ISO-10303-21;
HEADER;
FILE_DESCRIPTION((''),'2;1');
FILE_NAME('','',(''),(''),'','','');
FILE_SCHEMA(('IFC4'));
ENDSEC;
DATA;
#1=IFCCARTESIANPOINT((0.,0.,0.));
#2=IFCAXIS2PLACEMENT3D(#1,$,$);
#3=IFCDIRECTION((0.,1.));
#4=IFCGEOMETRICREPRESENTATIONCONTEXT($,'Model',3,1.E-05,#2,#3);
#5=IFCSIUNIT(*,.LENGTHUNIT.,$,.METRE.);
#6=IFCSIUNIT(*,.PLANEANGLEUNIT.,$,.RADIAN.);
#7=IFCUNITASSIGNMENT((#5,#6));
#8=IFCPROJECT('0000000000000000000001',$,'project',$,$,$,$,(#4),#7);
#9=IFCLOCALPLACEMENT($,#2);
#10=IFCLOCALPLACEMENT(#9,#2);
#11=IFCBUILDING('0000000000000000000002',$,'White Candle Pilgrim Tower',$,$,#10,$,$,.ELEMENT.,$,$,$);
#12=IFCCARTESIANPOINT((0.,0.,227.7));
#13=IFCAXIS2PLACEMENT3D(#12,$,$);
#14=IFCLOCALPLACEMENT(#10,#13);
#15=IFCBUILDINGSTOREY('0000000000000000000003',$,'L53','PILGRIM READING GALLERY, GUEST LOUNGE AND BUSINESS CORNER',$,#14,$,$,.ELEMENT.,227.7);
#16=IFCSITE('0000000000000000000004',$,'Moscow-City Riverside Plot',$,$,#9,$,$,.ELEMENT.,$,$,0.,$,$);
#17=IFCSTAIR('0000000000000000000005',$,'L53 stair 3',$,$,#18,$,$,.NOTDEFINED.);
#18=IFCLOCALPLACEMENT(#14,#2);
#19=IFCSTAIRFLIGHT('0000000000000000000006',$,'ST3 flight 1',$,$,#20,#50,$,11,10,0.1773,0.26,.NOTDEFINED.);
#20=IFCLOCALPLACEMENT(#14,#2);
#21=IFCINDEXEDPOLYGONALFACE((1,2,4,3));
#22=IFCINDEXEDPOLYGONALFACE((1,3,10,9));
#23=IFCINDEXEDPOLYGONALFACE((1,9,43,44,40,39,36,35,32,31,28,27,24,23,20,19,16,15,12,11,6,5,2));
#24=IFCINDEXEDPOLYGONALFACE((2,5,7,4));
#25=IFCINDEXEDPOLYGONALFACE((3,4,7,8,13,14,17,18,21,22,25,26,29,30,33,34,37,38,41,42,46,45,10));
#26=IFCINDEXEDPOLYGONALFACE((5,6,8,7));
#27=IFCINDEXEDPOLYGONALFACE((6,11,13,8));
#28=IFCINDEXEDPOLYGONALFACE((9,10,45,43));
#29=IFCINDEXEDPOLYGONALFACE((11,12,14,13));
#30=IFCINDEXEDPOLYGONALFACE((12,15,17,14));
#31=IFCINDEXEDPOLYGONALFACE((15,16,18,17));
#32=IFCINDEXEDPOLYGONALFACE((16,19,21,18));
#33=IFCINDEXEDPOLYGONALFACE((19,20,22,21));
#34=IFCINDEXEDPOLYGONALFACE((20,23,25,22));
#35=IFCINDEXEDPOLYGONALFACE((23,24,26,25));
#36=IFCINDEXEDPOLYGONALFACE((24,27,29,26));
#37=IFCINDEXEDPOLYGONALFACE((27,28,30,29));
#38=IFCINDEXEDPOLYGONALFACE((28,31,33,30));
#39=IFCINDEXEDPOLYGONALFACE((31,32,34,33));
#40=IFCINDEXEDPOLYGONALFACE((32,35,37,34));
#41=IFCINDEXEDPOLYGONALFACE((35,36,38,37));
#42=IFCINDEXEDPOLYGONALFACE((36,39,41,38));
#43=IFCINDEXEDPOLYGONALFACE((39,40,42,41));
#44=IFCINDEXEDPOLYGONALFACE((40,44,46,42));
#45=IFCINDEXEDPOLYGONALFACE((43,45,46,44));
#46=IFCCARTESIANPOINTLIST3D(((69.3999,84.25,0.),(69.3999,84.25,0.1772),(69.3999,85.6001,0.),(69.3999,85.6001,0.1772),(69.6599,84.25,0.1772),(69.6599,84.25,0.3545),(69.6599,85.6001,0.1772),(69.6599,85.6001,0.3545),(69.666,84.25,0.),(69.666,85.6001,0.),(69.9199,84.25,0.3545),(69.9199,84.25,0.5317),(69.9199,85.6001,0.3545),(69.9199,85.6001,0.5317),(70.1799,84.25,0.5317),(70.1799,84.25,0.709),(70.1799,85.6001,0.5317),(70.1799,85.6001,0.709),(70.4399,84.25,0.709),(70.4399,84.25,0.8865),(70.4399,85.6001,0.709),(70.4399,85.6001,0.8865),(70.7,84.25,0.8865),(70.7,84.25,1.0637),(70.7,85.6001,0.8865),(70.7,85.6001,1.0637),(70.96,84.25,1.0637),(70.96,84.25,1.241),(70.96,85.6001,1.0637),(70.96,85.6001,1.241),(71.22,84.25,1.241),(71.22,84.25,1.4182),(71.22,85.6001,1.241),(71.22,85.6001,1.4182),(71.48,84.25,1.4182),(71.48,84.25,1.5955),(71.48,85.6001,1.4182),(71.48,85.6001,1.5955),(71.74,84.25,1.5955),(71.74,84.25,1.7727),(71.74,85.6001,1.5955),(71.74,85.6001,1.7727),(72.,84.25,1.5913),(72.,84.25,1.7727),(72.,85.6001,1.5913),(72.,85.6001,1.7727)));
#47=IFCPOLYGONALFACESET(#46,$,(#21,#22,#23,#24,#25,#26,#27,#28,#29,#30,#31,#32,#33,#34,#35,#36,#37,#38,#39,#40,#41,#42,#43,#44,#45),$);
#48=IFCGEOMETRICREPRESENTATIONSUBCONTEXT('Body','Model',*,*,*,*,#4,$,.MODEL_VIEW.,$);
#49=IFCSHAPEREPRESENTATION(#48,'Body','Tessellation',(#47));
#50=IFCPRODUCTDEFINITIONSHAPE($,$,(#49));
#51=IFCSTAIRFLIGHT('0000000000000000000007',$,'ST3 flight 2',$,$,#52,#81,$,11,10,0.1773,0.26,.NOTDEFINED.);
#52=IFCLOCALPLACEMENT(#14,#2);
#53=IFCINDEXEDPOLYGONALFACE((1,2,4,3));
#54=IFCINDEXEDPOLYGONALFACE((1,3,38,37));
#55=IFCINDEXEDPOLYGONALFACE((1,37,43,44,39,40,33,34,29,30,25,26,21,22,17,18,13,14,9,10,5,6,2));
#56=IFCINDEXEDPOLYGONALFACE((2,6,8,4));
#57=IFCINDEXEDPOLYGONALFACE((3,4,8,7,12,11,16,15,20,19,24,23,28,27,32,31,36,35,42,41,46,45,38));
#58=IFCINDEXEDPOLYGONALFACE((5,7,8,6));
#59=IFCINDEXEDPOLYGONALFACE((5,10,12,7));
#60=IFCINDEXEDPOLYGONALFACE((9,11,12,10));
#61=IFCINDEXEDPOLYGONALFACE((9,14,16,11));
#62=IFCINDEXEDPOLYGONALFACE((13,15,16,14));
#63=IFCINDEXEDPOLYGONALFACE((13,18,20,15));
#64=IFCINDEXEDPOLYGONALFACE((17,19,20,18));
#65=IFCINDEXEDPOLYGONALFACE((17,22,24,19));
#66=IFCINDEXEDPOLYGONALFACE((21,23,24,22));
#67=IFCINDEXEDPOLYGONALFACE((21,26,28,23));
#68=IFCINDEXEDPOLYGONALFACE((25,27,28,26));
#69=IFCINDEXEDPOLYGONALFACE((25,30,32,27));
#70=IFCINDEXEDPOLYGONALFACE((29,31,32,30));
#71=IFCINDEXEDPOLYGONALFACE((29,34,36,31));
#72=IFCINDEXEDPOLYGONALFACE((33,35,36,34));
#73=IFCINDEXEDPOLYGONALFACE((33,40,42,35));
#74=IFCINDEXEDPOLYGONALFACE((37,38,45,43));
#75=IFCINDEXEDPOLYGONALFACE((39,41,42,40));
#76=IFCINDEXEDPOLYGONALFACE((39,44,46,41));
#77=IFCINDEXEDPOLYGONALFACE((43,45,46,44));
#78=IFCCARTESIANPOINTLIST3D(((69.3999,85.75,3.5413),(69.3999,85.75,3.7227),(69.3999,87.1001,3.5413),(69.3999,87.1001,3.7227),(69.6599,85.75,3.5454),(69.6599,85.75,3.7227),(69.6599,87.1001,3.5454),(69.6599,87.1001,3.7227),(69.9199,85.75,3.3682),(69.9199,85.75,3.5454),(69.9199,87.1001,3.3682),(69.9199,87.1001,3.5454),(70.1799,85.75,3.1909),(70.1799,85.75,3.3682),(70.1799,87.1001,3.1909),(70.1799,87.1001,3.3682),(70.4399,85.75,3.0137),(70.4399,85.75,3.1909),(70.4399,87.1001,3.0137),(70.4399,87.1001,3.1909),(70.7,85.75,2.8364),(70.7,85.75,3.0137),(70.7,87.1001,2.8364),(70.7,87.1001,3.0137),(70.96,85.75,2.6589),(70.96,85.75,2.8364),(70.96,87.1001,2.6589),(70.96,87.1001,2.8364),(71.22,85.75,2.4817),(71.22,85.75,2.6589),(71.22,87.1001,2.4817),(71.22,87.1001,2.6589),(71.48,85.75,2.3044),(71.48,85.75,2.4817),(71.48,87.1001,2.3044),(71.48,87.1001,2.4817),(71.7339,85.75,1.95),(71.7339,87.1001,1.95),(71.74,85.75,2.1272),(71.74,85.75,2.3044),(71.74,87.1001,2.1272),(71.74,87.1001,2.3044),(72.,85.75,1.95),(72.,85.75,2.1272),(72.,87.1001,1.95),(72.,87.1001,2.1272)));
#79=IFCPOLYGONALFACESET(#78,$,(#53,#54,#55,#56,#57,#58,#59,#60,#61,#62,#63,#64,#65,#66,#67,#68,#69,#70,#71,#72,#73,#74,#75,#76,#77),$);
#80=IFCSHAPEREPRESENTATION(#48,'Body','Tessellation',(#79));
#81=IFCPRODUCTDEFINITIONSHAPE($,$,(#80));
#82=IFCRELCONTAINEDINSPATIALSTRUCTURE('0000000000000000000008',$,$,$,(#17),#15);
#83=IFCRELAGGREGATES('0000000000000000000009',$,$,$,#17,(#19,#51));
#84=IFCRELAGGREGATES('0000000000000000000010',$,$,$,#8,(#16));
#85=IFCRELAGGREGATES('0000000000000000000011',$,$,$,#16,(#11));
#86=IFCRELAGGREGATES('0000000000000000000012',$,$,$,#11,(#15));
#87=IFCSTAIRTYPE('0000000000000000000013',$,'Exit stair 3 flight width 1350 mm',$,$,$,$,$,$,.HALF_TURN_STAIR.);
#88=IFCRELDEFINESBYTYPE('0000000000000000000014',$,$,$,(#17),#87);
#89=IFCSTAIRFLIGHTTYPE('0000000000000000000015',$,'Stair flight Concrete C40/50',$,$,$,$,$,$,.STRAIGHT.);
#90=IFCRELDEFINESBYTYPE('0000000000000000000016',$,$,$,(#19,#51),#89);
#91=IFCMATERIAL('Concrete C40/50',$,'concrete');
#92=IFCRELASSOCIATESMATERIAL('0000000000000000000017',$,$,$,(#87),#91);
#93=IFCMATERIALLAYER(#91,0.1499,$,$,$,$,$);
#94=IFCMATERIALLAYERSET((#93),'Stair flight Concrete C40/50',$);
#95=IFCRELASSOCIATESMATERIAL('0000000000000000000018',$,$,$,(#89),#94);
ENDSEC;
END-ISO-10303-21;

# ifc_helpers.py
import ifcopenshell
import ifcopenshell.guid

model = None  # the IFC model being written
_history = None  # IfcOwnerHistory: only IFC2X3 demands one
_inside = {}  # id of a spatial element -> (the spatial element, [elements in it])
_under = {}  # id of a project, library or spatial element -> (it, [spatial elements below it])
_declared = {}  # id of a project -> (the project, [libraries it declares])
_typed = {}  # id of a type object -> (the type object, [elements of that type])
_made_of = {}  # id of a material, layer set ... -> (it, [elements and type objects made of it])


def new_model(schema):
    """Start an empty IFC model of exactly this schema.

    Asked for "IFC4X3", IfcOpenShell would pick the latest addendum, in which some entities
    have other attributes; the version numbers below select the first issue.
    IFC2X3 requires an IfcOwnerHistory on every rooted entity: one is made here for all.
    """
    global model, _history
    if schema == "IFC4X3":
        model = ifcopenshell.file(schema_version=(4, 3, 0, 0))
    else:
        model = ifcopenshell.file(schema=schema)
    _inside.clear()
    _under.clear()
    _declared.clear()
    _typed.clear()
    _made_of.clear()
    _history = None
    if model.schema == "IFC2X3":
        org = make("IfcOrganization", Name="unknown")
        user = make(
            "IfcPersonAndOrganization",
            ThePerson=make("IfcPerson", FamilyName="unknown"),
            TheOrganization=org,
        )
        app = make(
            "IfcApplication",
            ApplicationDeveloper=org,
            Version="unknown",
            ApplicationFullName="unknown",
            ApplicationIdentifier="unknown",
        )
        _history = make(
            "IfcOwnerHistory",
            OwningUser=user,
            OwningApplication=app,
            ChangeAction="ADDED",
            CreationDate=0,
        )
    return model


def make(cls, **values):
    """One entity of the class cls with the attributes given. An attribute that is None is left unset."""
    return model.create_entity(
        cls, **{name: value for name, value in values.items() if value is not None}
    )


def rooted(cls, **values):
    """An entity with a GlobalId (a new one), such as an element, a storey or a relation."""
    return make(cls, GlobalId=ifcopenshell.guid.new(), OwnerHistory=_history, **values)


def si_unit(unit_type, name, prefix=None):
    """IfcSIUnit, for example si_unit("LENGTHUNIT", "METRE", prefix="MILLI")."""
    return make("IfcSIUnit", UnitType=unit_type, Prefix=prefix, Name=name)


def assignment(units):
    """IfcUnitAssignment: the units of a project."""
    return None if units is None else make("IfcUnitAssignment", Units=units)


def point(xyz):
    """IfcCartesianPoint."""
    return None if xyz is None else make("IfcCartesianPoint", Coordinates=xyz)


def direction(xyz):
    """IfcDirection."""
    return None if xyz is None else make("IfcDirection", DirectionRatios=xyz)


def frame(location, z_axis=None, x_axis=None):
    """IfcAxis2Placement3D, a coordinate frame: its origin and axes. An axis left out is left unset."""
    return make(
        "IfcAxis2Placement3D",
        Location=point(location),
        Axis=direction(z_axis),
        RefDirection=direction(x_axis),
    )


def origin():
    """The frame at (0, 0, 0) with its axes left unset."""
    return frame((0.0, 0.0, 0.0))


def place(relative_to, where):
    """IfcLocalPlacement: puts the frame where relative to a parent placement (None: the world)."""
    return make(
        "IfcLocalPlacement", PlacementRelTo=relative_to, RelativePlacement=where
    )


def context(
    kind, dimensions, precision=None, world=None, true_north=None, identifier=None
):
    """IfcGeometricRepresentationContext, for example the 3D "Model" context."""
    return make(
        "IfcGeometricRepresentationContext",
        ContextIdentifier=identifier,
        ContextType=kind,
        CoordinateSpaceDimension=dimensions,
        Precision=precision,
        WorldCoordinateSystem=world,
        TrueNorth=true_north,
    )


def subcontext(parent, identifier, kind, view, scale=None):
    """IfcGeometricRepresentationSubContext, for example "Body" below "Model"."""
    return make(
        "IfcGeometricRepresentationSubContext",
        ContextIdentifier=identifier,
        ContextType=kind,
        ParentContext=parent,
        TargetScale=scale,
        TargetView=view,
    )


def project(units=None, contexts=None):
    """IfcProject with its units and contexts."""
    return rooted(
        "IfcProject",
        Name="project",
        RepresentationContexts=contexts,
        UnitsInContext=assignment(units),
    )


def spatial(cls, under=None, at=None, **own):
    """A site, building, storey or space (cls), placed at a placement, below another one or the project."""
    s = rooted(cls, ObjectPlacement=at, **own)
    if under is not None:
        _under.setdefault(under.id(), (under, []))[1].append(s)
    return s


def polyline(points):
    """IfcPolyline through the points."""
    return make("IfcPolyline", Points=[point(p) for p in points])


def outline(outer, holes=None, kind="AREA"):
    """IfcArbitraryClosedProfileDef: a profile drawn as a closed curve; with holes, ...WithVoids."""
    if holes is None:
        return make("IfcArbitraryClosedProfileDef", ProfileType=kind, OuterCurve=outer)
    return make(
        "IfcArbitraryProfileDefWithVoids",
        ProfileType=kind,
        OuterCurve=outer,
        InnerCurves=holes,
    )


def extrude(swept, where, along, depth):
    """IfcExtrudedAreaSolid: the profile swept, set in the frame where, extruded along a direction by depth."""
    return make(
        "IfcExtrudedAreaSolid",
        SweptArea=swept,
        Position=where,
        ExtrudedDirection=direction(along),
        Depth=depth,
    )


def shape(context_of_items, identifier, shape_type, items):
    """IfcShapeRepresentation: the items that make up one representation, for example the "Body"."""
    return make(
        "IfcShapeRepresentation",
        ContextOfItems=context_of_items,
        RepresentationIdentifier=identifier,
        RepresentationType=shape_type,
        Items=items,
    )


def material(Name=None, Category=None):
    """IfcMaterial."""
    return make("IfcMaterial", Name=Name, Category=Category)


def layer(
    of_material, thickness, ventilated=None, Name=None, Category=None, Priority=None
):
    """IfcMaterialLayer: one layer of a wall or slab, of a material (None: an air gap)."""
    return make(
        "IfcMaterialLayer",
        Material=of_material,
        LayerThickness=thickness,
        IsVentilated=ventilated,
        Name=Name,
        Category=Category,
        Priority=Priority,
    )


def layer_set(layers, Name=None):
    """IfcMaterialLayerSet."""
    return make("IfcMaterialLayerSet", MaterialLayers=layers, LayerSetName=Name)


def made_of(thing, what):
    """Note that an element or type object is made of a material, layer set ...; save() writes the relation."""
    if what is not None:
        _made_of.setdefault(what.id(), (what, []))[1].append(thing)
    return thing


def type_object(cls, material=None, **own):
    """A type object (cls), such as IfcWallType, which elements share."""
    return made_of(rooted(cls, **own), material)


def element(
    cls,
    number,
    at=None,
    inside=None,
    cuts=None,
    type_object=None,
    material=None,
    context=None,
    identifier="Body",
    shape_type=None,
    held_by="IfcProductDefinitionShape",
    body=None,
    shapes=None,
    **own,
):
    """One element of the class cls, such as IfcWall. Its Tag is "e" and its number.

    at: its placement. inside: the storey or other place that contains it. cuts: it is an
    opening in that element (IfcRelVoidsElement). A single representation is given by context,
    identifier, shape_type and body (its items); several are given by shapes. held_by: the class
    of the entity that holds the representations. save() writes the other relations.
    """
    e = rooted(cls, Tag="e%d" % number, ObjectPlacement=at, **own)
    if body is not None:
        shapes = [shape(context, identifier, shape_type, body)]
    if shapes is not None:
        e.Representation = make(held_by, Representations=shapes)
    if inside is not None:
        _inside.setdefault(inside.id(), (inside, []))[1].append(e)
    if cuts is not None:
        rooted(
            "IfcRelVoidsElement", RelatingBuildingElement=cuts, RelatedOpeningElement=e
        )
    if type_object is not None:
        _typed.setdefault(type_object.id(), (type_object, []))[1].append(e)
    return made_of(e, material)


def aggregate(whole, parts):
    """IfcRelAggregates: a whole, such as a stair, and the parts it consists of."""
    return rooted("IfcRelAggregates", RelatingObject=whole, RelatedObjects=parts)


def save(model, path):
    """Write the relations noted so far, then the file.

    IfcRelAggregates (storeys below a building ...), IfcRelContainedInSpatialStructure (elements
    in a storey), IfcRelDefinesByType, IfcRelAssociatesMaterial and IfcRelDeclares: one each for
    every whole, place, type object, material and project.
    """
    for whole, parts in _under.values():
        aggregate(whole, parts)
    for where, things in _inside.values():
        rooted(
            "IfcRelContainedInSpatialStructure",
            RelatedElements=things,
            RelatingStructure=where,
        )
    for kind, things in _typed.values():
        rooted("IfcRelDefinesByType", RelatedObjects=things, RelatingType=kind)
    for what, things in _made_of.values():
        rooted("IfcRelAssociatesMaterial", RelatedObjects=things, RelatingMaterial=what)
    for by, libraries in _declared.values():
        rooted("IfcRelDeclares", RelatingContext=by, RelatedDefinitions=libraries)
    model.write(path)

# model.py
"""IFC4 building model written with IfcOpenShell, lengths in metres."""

from ifc_helpers import new_model, si_unit, direction, frame, origin, place, context, subcontext, project, spatial, polyline, outline, extrude, material, layer, layer_set, type_object, element, aggregate, save


model = new_model("IFC4")

# Units and contexts
model_context = context("Model", 3, precision=1e-05, world=origin(), true_north=direction((0.0, 1.0)))
body_context = subcontext(model_context, "Body", "Model", "MODEL_VIEW")
ifc_project = project(units=[si_unit("LENGTHUNIT", "METRE"), si_unit("PLANEANGLEUNIT", "RADIAN")], contexts=[model_context])

# Site, building, storey
site_placement = place(None, origin())
site = spatial("IfcSite", under=ifc_project, at=site_placement, Name="Moscow-City Riverside Plot", CompositionType="ELEMENT", RefElevation=0.0)
building_placement = place(site_placement, origin())
building = spatial("IfcBuilding", under=site, at=building_placement, Name="White Candle Pilgrim Tower", CompositionType="ELEMENT")
storey_placement = place(building_placement, frame((0.0, 0.0, 227.7)))
storey = spatial("IfcBuildingStorey", under=building, at=storey_placement, Name="L53", Description="PILGRIM READING GALLERY, GUEST LOUNGE AND BUSINESS CORNER", CompositionType="ELEMENT", Elevation=227.7)

# Stair, stair flights
ifc_material_1 = material(Name="Concrete C40/50", Category="concrete")
stair_type = type_object("IfcStairType", Name="Exit stair 3 flight width 1350 mm", PredefinedType="HALF_TURN_STAIR", material=ifc_material_1)
stair_placement = place(storey_placement, origin())
stair = element("IfcStair", 1, at=stair_placement, inside=storey, type_object=stair_type, Name="L53 stair 3", PredefinedType="NOTDEFINED")
ifc_layer_1 = layer(ifc_material_1, 0.1499)
ifc_layer_set_1 = layer_set([ifc_layer_1], Name="Stair flight Concrete C40/50")
stair_flight_type = type_object("IfcStairFlightType", Name="Stair flight Concrete C40/50", PredefinedType="STRAIGHT", material=ifc_layer_set_1)
stair_flight_1_placement = place(storey_placement, frame((69.3999, 84.925, 0.0), z_axis=(0.0, 0.0, 1.0), x_axis=(1.0, 0.0, 0.0)))
stair_flight_1 = element("IfcStairFlight", 2, at=stair_flight_1_placement, type_object=stair_flight_type, Name="ST3 flight 1", NumberOfRisers=11, NumberOfTreads=10, PredefinedType="NOTDEFINED", RiserHeight=0.1773, TreadLength=0.26, context=body_context, shape_type="SweptSolid", body=[
    extrude(outline(polyline([(0.0, 0.0), (0.0, 0.1772), (0.26, 0.1772), (0.26, 0.3545), (0.52, 0.3545), (0.52, 0.5317), (0.78, 0.5317), (0.78, 0.709), (1.04, 0.709), (1.04, 0.8865), (1.3, 0.8865), (1.3, 1.0637), (1.5601, 1.0637), (1.5601, 1.241), (1.8201, 1.241), (1.8201, 1.4182), (2.0801, 1.4182), (2.0801, 1.5955), (2.3401, 1.5955), (2.3401, 1.7727), (2.6001, 1.7727), (2.6001, 1.95), (2.6001, 1.5913), (0.2661, 0.0), (0.0, 0.0)])), frame((0.0, 0.675, 0.0), z_axis=(0.0, -1.0, 0.0), x_axis=(1.0, 0.0, 0.0)), (0.0, 0.0, 1.0), 1.3501),
])
stair_flight_2_placement = place(storey_placement, frame((72.0, 86.425, 1.95), z_axis=(0.0, 0.0, 1.0), x_axis=(-1.0, 0.0, 0.0)))
stair_flight_2 = element("IfcStairFlight", 3, at=stair_flight_2_placement, type_object=stair_flight_type, Name="ST3 flight 2", NumberOfRisers=11, NumberOfTreads=10, PredefinedType="NOTDEFINED", RiserHeight=0.1773, TreadLength=0.26, context=body_context, shape_type="SweptSolid", body=[
    extrude(outline(polyline([(0.0, 0.0), (0.0, 0.1772), (0.26, 0.1772), (0.26, 0.3545), (0.52, 0.3545), (0.52, 0.5317), (0.78, 0.5317), (0.78, 0.709), (1.04, 0.709), (1.04, 0.8865), (1.3, 0.8865), (1.3, 1.0637), (1.5601, 1.0637), (1.5601, 1.241), (1.8201, 1.241), (1.8201, 1.4182), (2.0801, 1.4182), (2.0801, 1.5955), (2.3401, 1.5955), (2.3401, 1.7727), (2.6001, 1.7727), (2.6001, 1.95), (2.6001, 1.5913), (0.2661, 0.0), (0.0, 0.0)])), frame((0.0, 0.675, 0.0), z_axis=(0.0, -1.0, 0.0), x_axis=(1.0, 0.0, 0.0)), (0.0, 0.0, 1.0), 1.3501),
])
aggregate(stair, [stair_flight_1, stair_flight_2])

save(model, "model.ifc")
